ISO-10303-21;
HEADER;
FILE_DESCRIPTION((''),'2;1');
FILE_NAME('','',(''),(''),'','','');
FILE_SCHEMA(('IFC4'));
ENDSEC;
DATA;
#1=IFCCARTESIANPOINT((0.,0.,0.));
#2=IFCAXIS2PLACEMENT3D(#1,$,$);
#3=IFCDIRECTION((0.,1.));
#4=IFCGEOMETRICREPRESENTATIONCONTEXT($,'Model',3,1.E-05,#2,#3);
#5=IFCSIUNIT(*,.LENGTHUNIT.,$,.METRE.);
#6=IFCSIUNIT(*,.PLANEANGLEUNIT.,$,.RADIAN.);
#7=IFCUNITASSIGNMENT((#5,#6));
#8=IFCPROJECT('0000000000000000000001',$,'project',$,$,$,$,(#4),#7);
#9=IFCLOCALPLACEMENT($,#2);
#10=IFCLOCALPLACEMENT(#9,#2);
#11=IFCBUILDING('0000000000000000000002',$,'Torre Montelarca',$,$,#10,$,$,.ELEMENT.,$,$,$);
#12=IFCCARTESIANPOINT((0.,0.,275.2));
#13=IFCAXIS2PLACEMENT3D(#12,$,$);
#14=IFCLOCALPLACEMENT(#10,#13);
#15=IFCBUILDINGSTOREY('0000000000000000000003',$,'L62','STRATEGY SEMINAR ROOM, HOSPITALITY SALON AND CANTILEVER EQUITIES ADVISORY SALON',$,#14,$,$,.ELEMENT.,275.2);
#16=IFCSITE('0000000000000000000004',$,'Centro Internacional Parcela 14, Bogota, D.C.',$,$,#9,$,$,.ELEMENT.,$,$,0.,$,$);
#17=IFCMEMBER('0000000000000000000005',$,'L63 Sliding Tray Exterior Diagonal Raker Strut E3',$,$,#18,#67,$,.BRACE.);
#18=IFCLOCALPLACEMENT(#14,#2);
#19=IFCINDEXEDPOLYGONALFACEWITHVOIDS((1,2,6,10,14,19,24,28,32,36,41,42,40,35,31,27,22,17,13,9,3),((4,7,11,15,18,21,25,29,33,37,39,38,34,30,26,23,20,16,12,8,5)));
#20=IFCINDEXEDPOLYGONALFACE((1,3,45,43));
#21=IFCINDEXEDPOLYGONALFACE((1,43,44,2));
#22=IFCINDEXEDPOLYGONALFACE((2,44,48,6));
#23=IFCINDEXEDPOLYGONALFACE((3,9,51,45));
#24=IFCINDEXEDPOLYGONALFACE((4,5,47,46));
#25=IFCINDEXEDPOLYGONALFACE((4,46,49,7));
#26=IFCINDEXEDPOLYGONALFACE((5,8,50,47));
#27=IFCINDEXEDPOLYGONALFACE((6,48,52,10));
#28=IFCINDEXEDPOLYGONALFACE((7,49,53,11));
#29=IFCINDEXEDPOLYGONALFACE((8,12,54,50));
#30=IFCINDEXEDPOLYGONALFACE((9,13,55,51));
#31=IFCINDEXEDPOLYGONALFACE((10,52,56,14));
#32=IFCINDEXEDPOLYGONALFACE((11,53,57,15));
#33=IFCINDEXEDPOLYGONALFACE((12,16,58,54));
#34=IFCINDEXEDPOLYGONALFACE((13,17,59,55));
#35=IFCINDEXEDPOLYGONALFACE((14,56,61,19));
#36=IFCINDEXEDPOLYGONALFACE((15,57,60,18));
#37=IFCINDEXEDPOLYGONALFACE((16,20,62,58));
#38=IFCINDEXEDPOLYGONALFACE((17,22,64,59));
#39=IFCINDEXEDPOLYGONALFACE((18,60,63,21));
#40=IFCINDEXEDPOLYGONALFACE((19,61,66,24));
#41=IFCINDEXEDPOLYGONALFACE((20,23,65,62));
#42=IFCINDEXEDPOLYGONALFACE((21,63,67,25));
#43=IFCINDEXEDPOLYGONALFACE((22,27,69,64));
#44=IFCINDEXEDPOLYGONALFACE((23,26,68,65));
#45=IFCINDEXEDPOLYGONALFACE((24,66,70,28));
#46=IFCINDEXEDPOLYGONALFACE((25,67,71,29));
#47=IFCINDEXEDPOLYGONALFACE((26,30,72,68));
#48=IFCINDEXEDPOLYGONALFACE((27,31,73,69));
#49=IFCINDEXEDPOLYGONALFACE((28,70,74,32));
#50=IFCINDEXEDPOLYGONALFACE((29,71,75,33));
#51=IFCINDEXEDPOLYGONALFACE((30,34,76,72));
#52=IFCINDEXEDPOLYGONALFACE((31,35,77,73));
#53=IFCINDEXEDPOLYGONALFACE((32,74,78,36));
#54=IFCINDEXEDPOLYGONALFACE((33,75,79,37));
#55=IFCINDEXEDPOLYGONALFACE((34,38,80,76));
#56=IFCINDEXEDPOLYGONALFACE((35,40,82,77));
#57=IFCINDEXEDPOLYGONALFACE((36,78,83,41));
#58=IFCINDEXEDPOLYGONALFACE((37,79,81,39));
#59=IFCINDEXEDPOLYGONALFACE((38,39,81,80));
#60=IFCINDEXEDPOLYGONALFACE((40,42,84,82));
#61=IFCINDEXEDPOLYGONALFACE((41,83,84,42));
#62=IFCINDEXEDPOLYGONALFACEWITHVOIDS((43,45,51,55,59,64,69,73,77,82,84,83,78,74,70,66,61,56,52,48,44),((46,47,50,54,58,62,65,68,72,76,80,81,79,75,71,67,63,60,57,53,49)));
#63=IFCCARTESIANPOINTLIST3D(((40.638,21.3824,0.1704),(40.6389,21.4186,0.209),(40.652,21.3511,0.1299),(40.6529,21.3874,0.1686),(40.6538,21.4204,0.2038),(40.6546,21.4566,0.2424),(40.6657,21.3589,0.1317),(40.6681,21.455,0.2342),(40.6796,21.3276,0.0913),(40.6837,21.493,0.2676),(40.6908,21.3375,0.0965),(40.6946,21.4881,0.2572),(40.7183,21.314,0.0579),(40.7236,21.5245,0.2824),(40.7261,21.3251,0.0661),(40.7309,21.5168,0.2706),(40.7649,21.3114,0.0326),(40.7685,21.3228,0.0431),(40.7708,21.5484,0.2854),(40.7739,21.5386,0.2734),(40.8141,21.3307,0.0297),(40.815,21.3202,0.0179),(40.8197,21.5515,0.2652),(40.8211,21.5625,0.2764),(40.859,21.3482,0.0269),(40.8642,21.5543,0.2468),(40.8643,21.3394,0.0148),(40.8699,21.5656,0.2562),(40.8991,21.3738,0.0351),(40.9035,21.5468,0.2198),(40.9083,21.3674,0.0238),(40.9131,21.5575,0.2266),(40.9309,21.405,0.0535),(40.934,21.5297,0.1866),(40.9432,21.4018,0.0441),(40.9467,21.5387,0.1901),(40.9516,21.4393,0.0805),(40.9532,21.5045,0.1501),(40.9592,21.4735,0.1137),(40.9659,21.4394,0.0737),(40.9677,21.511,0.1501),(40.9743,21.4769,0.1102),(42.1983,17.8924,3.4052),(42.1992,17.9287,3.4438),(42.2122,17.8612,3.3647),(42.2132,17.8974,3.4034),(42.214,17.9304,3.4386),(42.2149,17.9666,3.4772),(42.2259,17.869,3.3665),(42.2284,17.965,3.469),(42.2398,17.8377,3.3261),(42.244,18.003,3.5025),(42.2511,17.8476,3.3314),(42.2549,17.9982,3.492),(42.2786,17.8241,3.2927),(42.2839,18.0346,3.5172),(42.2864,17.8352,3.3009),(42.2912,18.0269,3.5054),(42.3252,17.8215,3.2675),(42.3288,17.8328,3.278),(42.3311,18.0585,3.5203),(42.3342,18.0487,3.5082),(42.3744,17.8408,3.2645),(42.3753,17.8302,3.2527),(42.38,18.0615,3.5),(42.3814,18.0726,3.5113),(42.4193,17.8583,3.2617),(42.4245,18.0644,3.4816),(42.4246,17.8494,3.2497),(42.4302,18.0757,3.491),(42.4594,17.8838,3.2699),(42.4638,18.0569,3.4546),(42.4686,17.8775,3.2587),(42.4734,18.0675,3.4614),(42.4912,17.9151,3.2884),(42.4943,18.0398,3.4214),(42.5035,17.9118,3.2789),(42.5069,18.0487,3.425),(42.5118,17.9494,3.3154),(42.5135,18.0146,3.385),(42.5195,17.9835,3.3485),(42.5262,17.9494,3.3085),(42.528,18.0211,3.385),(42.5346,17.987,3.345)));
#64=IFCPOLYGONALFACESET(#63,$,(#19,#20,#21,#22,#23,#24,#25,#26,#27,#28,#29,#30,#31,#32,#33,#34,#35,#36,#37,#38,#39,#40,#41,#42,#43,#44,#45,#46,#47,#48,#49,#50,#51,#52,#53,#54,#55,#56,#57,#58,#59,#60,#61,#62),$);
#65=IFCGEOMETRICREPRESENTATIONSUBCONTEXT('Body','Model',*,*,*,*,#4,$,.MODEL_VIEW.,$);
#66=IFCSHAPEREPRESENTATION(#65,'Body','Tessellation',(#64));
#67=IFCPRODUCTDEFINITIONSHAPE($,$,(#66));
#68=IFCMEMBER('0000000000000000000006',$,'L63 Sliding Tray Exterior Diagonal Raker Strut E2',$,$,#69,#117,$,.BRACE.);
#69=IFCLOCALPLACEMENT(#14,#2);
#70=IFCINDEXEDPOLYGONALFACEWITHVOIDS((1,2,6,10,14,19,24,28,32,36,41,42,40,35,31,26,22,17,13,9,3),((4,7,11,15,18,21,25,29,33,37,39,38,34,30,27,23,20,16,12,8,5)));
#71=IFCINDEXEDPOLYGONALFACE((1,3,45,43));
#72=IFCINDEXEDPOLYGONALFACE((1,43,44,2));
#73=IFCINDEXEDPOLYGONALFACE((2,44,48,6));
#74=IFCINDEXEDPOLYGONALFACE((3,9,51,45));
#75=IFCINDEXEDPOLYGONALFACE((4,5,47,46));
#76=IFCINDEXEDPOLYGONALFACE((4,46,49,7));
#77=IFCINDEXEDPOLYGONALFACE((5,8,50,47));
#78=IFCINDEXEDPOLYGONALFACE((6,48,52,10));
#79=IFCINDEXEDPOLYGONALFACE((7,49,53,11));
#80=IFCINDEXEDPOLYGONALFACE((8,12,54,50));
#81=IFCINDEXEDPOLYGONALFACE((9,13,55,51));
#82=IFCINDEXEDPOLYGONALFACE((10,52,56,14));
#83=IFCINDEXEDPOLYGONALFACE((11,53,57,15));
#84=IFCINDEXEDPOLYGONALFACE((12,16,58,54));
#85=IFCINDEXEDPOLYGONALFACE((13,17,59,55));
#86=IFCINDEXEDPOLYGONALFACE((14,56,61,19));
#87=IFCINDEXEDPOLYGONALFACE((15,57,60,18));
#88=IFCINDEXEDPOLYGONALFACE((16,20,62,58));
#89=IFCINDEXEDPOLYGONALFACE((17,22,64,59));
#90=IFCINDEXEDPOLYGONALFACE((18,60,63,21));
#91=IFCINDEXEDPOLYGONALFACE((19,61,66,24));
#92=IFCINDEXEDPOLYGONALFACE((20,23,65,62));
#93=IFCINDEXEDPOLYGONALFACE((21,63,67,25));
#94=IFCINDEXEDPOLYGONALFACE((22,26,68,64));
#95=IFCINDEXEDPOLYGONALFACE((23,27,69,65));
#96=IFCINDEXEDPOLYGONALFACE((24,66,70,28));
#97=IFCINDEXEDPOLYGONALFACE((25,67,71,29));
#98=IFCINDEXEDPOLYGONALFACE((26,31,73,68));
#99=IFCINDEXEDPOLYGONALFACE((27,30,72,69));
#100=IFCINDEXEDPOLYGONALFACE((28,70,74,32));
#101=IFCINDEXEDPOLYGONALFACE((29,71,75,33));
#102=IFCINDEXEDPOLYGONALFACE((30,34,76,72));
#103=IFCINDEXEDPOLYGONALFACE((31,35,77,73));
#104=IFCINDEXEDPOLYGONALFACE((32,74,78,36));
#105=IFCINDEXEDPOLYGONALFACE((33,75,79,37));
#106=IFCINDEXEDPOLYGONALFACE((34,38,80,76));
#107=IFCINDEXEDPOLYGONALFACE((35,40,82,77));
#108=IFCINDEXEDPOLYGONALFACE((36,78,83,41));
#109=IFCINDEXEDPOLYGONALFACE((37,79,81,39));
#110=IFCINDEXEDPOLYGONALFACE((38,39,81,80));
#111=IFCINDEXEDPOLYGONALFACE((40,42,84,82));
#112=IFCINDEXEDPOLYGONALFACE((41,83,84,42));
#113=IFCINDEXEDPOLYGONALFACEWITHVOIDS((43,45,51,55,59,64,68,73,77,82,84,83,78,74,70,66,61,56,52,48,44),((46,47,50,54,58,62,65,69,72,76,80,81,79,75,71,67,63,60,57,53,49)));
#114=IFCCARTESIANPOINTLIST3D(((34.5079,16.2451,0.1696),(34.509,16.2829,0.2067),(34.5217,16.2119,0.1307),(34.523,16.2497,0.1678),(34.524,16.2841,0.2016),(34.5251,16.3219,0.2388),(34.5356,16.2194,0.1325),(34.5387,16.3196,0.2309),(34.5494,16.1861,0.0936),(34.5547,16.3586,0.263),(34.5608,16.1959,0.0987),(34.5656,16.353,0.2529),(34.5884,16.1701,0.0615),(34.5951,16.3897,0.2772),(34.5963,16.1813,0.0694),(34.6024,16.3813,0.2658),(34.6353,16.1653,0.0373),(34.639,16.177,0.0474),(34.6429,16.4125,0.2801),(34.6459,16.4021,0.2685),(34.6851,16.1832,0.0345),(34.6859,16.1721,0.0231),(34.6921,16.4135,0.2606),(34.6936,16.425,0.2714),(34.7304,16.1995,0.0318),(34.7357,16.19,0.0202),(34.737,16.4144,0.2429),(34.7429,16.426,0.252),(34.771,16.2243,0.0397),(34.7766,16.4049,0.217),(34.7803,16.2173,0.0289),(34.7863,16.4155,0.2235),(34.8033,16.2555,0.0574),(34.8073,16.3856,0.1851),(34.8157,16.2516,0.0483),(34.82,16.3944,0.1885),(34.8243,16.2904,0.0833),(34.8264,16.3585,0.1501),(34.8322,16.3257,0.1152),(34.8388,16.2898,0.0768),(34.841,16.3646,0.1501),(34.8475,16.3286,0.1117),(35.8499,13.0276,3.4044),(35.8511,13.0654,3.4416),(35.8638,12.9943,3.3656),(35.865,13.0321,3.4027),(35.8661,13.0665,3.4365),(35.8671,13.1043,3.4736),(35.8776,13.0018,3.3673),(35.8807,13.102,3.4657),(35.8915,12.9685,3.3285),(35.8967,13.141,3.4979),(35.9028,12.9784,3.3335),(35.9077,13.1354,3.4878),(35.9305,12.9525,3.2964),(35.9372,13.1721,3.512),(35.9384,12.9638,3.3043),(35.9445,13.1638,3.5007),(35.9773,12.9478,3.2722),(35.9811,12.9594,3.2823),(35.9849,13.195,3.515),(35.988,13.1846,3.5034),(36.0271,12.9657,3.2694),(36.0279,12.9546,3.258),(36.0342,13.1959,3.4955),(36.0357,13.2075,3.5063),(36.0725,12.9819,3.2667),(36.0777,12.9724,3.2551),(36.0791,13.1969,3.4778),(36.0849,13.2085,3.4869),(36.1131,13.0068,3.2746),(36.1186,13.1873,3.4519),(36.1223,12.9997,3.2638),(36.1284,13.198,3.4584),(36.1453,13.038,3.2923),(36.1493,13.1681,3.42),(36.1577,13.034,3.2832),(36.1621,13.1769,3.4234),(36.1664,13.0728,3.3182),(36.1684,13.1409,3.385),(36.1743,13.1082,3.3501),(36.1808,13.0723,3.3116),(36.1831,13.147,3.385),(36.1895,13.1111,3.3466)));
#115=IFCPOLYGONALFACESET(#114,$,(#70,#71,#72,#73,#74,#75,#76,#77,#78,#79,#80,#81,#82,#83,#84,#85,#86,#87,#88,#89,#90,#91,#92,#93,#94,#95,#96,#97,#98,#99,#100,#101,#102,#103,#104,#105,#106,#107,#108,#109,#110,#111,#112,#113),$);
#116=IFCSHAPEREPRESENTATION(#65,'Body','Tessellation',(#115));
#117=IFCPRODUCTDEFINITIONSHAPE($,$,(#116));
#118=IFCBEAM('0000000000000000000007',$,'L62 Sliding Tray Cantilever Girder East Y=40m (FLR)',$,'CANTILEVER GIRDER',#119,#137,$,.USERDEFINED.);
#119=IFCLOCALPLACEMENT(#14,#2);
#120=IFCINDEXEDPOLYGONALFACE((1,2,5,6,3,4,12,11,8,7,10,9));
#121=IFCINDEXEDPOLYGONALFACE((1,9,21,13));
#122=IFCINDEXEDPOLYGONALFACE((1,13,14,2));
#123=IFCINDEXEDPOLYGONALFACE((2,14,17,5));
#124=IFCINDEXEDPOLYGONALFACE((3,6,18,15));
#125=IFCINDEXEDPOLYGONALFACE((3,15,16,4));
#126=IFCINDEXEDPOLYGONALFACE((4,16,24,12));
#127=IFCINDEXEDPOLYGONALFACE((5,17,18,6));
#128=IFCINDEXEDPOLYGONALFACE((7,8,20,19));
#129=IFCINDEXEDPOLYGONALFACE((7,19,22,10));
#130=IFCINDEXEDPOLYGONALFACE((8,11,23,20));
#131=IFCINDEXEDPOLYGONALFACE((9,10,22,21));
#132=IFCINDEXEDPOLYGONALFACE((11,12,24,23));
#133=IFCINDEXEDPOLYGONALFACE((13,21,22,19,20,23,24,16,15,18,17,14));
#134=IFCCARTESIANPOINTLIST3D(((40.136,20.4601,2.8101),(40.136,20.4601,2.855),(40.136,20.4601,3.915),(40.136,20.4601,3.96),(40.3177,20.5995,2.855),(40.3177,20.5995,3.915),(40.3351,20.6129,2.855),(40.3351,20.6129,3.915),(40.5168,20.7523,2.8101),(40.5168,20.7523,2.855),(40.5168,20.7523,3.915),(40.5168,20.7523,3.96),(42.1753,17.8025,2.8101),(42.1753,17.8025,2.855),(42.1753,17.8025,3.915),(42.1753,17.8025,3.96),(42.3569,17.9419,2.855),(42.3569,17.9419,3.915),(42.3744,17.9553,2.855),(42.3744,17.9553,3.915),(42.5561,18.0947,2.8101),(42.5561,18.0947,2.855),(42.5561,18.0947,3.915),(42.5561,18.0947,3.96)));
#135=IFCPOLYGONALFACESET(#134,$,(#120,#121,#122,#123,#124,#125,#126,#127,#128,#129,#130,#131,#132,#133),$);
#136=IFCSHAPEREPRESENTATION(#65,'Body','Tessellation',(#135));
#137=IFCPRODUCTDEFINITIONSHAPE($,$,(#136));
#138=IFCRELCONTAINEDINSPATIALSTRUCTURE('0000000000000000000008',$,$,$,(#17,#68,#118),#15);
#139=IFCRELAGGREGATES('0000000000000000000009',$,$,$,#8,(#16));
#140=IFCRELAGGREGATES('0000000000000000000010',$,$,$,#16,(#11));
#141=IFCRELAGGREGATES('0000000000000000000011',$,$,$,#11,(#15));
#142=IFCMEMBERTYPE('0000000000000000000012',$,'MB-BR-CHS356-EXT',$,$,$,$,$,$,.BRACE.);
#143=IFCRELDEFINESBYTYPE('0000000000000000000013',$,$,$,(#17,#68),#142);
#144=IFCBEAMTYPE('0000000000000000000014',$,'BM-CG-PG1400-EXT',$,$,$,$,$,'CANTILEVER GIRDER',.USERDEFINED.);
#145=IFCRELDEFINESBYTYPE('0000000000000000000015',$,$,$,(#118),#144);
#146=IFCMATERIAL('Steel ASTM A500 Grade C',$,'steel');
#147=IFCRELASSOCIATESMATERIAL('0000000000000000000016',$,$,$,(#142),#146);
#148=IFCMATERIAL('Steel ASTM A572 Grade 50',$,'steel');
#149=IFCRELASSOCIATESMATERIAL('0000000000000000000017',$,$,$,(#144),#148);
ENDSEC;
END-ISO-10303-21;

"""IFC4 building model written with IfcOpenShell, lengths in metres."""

from ifc_helpers import new_model, si_unit, direction, frame, origin, origin_2d, place, context, subcontext, project, spatial, hollow_circle, i_section, extrude, source, transform, mapped, material, material_profile, profile_set, type_object, element, save


model = new_model("IFC4")

# Units and contexts
model_context = context("Model", 3, precision=1e-05, world=origin(), true_north=direction((0.0, 1.0)))
body_context = subcontext(model_context, "Body", "Model", "MODEL_VIEW")
ifc_project = project(units=[si_unit("LENGTHUNIT", "METRE"), si_unit("PLANEANGLEUNIT", "RADIAN")], contexts=[model_context])

# Site, building, storey
site_placement = place(None, origin())
site = spatial("IfcSite", under=ifc_project, at=site_placement, Name="Centro Internacional Parcela 14, Bogota, D.C.", CompositionType="ELEMENT", RefElevation=0.0)
building_placement = place(site_placement, origin())
building = spatial("IfcBuilding", under=site, at=building_placement, Name="Torre Montelarca", CompositionType="ELEMENT")
storey_placement = place(building_placement, frame((0.0, 0.0, 275.2)))
storey = spatial("IfcBuildingStorey", under=building, at=storey_placement, Name="L62", Description="STRATEGY SEMINAR ROOM, HOSPITALITY SALON AND CANTILEVER EQUITIES ADVISORY SALON", CompositionType="ELEMENT", Elevation=275.2)

# Members
ifc_material_1 = material(Name="Steel ASTM A500 Grade C", Category="steel")
ifc_material_profile_1 = material_profile(ifc_material_1, hollow_circle(Radius=0.1777, WallThickness=0.0159, at=origin_2d()), Name="HSS355.6X15.9", Category="steel")
ifc_profile_set_1 = profile_set([ifc_material_profile_1], Name="Steel ASTM A500 Grade C")
member_type_1 = type_object("IfcMemberType", Name="MB-BR-CHS356-EXT", PredefinedType="BRACE", material=ifc_profile_set_1)
shared_shape_1 = source(origin(), body_context, "Body", "SweptSolid", [
    extrude(hollow_circle(Radius=0.1777, WallThickness=0.0159, at=origin_2d()), origin(), (0.0, 0.0, 1.0), 5.0078),
])
member_1_placement = place(storey_placement, frame((40.8054, 21.4385, 0.1501), z_axis=(0.311569, -0.696899, 0.645954), x_axis=(0.912917, 0.408146, 0.0)))
element("IfcMember", 1, at=member_1_placement, inside=storey, type_object=member_type_1, Name="L63 Sliding Tray Exterior Diagonal Raker Strut E3", PredefinedType="BRACE", context=body_context, shape_type="MappedRepresentation", body=[
    mapped(shared_shape_1, transform((0.0, 0.0, 0.0), scale=1.0)),
])
shared_shape_2 = source(origin(), body_context, "Body", "SweptSolid", [
    extrude(hollow_circle(Radius=0.1777, WallThickness=0.0159, at=origin_2d()), origin(), (0.0, 0.0, 1.0), 4.7559),
])
member_2_placement = place(storey_placement, frame((34.677, 16.2961, 0.1501), z_axis=(0.282189, -0.676544, 0.680189), x_axis=(0.922934, 0.384958, 0.0)))
element("IfcMember", 2, at=member_2_placement, inside=storey, type_object=member_type_1, Name="L63 Sliding Tray Exterior Diagonal Raker Strut E2", PredefinedType="BRACE", context=body_context, shape_type="MappedRepresentation", body=[
    mapped(shared_shape_2, transform((0.0, 0.0, 0.0), scale=1.0)),
])

# Beam
ifc_material_2 = material(Name="Steel ASTM A572 Grade 50", Category="steel")
ifc_material_profile_2 = material_profile(ifc_material_2, i_section(OverallWidth=0.48, OverallDepth=1.1499, WebThickness=0.022, FlangeThickness=0.0449, at=origin_2d()), Name="PG1150X480X22X45", Category="steel")
ifc_profile_set_2 = profile_set([ifc_material_profile_2], Name="Steel ASTM A572 Grade 50")
beam_type = type_object("IfcBeamType", Name="BM-CG-PG1400-EXT", ElementType="CANTILEVER GIRDER", PredefinedType="USERDEFINED", material=ifc_profile_set_2)
shared_shape_3 = source(origin(), body_context, "Body", "SweptSolid", [
    extrude(i_section(OverallWidth=0.48, OverallDepth=1.1499, WebThickness=0.022, FlangeThickness=0.0449, at=origin_2d()), origin(), (0.0, 0.0, 1.0), 3.3499),
])
beam_placement = place(storey_placement, frame((40.3264, 20.6062, 3.385), z_axis=(0.608756, -0.793358, 0.0), x_axis=(0.793358, 0.608756, 0.0)))
element("IfcBeam", 3, at=beam_placement, inside=storey, type_object=beam_type, Name="L62 Sliding Tray Cantilever Girder East Y=40m (FLR)", ObjectType="CANTILEVER GIRDER", PredefinedType="USERDEFINED", context=body_context, shape_type="MappedRepresentation", body=[
    mapped(shared_shape_3, transform((0.0, 0.0, 0.0), scale=1.0)),
])

save(model, "model.ifc")
